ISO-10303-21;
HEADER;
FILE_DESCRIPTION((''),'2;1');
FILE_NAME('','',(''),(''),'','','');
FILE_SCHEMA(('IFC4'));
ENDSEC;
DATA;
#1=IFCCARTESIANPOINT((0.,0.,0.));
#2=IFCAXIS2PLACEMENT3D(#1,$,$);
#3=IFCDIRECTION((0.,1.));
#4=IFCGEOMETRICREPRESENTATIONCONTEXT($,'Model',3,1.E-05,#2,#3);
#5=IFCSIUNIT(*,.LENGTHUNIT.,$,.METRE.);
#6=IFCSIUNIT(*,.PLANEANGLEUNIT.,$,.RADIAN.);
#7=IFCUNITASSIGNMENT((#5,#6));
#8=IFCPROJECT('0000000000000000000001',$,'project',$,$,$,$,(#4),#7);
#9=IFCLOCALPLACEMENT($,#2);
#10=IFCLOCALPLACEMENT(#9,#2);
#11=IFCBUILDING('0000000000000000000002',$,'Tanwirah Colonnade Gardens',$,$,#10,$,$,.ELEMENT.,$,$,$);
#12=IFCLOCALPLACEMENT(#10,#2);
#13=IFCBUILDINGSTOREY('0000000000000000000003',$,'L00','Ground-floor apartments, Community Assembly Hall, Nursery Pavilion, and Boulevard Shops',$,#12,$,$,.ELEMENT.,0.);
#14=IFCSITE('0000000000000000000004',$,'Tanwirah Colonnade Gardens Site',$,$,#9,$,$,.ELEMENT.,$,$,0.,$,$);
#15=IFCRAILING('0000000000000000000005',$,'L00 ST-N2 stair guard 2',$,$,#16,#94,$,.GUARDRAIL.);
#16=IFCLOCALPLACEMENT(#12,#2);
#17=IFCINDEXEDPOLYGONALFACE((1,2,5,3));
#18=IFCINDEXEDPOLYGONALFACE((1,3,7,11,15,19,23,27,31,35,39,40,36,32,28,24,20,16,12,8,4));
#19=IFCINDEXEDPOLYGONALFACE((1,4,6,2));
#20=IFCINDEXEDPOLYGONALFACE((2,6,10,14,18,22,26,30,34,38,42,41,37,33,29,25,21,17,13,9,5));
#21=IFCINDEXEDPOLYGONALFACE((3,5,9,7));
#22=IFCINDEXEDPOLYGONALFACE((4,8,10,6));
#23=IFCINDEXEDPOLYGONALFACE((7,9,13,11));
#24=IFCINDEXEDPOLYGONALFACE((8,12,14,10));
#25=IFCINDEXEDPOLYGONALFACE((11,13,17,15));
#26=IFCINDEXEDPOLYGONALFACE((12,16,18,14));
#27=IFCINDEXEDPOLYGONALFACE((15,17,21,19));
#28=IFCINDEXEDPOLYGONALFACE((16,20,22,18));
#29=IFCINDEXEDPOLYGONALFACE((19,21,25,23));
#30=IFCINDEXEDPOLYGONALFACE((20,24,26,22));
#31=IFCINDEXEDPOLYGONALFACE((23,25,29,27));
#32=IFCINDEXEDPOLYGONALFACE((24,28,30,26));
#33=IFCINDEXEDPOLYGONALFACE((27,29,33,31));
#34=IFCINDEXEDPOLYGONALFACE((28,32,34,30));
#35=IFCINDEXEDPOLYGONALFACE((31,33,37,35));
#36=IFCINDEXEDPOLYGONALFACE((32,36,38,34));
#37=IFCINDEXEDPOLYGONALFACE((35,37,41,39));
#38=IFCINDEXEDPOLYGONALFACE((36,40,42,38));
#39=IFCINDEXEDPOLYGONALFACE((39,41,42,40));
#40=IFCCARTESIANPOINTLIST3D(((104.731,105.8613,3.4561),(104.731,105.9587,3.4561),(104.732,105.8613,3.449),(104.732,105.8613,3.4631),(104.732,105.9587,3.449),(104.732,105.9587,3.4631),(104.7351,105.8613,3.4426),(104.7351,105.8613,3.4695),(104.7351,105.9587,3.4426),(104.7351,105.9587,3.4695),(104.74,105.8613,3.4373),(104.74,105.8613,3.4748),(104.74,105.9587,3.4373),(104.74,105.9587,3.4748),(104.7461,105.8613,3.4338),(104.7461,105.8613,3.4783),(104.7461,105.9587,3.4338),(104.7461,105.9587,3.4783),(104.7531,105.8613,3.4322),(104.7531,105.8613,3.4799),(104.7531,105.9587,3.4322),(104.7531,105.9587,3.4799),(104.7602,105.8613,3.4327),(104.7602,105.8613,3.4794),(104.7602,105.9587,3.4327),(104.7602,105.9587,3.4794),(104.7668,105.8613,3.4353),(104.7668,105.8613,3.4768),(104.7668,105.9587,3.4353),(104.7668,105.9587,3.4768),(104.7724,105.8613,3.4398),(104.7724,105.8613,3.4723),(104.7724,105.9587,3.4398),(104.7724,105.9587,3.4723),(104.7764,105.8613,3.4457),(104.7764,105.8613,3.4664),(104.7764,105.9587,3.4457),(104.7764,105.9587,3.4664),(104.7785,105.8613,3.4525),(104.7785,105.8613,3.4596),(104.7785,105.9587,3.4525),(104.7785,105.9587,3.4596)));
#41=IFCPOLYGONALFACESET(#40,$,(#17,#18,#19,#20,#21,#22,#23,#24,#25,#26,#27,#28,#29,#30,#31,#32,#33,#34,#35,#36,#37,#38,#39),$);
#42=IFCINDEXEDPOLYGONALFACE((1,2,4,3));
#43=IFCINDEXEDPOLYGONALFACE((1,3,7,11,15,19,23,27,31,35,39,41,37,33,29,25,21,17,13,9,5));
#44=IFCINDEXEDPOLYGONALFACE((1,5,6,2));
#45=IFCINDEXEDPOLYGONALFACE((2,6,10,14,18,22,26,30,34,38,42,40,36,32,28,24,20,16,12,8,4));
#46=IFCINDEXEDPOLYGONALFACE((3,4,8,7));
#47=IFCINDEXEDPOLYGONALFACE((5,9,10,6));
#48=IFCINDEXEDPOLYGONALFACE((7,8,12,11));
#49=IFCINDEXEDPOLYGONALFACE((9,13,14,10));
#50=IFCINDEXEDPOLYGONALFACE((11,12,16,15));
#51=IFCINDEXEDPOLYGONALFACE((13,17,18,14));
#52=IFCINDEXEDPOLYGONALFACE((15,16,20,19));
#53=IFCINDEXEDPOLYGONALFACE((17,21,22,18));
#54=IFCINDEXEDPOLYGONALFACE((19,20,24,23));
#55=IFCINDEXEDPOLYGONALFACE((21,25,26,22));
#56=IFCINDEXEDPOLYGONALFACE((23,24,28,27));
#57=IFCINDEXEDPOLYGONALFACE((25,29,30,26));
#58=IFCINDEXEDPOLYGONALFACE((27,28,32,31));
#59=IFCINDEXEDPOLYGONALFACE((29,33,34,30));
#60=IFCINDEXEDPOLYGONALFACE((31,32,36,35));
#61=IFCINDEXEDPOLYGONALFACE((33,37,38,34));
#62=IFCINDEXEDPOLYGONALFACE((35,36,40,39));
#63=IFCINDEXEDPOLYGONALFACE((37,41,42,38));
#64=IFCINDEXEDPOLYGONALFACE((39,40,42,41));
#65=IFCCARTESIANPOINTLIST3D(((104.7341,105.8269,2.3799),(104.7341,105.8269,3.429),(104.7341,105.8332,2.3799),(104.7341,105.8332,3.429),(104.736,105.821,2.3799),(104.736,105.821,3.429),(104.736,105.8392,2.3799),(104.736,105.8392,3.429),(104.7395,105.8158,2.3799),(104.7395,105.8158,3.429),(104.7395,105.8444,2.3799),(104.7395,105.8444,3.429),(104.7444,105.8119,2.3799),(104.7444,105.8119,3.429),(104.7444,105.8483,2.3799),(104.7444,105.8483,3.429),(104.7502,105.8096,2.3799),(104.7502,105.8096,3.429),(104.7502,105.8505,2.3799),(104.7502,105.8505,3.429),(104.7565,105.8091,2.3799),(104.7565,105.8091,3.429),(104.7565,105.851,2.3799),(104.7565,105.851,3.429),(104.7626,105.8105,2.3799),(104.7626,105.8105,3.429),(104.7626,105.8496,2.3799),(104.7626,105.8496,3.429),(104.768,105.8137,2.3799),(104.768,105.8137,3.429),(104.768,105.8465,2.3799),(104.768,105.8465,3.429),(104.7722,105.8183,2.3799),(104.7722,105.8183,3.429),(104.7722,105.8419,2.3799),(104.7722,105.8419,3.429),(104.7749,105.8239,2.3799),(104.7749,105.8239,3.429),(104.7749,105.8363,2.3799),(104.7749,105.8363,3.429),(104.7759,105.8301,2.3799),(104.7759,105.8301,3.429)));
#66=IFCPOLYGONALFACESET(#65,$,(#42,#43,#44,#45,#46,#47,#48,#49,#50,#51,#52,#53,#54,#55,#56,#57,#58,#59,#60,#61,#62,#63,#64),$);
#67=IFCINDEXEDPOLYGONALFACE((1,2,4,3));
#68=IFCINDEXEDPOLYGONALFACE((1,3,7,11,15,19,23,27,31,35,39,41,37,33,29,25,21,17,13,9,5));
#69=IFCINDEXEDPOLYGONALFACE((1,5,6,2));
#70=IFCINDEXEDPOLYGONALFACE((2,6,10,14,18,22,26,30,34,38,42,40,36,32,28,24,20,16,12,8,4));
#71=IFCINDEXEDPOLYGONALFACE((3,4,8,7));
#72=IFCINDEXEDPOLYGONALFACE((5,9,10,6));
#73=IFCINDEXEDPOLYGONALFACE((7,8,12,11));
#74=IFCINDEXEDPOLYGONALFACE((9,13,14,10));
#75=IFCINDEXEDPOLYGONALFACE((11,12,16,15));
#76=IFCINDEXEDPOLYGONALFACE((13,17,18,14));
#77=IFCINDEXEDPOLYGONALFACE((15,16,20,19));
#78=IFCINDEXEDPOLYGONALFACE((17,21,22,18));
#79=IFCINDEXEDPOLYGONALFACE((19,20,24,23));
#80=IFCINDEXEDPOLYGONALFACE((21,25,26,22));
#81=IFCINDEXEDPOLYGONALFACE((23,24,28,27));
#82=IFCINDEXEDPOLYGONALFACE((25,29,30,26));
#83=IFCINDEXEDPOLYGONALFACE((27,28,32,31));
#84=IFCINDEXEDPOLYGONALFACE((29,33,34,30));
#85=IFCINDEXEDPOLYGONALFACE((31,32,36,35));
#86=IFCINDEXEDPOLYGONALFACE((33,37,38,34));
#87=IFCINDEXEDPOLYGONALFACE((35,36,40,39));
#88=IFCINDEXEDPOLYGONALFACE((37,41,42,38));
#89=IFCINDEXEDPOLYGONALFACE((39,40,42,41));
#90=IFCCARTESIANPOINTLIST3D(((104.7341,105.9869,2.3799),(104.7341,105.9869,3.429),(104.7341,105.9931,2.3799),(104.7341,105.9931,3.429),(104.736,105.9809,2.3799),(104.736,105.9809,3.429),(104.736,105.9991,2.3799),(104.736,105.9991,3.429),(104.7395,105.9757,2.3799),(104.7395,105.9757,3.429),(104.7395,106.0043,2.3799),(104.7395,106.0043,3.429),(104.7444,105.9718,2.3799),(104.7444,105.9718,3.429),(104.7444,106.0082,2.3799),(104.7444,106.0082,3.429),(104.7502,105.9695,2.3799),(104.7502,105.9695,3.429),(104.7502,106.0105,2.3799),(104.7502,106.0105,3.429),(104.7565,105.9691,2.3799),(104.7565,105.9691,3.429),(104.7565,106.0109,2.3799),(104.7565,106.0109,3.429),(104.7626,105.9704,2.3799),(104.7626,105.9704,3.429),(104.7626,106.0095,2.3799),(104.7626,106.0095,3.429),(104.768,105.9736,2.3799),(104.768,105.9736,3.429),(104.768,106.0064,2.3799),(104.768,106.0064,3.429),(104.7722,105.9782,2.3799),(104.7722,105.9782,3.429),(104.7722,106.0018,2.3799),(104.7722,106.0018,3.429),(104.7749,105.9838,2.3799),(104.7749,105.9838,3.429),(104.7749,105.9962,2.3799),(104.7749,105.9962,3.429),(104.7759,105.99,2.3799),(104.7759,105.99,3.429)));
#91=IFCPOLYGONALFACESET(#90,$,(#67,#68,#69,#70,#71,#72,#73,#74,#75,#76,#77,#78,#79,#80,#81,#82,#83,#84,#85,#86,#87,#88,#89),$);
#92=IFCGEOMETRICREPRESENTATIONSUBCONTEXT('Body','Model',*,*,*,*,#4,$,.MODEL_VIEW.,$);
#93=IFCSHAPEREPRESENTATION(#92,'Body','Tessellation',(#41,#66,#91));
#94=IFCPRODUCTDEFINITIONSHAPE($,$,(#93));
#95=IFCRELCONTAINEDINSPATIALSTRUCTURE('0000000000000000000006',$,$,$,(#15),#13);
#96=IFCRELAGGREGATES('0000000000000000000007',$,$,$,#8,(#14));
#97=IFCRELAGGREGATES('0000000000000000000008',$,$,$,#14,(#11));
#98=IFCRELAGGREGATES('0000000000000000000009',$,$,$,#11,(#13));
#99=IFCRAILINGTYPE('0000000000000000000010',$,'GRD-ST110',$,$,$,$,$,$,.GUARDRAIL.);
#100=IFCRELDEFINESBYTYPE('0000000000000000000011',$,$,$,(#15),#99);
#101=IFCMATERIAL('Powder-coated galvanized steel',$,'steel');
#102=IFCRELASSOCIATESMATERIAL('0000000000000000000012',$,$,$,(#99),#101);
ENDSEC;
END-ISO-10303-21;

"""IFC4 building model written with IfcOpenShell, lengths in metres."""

from ifc_helpers import new_model, si_unit, direction, frame, origin, origin_2d, place, context, subcontext, project, spatial, circle, extrude, material, type_object, element, save


model = new_model("IFC4")

# Units and contexts
model_context = context("Model", 3, precision=1e-05, world=origin(), true_north=direction((0.0, 1.0)))
body_context = subcontext(model_context, "Body", "Model", "MODEL_VIEW")
ifc_project = project(units=[si_unit("LENGTHUNIT", "METRE"), si_unit("PLANEANGLEUNIT", "RADIAN")], contexts=[model_context])

# Site, building, storey
site_placement = place(None, origin())
site = spatial("IfcSite", under=ifc_project, at=site_placement, Name="Tanwirah Colonnade Gardens Site", CompositionType="ELEMENT", RefElevation=0.0)
building_placement = place(site_placement, origin())
building = spatial("IfcBuilding", under=site, at=building_placement, Name="Tanwirah Colonnade Gardens", CompositionType="ELEMENT")
storey_placement = place(building_placement, origin())
storey = spatial("IfcBuildingStorey", under=building, at=storey_placement, Name="L00", Description="Ground-floor apartments, Community Assembly Hall, Nursery Pavilion, and Boulevard Shops", CompositionType="ELEMENT", Elevation=0.0)

# Railing
ifc_material_1 = material(Name="Powder-coated galvanized steel", Category="steel")
railing_type_1 = type_object("IfcRailingType", Name="GRD-ST110", PredefinedType="GUARDRAIL", material=ifc_material_1)
railing_1_placement = place(storey_placement, frame((104.7549, 105.8301, 2.3799)))
element("IfcRailing", 1, at=railing_1_placement, inside=storey, type_object=railing_type_1, Name="L00 ST-N2 stair guard 2", PredefinedType="GUARDRAIL", context=body_context, shape_type="SweptSolid", body=[
    extrude(circle(Radius=0.0239, at=origin_2d()), frame((0.0, 0.0312, 1.0762), z_axis=(0.0, 1.0, 0.0), x_axis=(-1.0, 0.0, 0.0)), (0.0, 0.0, 1.0), 0.0974),
    extrude(circle(Radius=0.021, at=origin_2d()), origin(), (0.0, 0.0, 1.0), 1.0491),
    extrude(circle(Radius=0.021, at=origin_2d()), frame((0.0, 0.1599, 0.0)), (0.0, 0.0, 1.0), 1.0491),
])

save(model, "model.ifc")
